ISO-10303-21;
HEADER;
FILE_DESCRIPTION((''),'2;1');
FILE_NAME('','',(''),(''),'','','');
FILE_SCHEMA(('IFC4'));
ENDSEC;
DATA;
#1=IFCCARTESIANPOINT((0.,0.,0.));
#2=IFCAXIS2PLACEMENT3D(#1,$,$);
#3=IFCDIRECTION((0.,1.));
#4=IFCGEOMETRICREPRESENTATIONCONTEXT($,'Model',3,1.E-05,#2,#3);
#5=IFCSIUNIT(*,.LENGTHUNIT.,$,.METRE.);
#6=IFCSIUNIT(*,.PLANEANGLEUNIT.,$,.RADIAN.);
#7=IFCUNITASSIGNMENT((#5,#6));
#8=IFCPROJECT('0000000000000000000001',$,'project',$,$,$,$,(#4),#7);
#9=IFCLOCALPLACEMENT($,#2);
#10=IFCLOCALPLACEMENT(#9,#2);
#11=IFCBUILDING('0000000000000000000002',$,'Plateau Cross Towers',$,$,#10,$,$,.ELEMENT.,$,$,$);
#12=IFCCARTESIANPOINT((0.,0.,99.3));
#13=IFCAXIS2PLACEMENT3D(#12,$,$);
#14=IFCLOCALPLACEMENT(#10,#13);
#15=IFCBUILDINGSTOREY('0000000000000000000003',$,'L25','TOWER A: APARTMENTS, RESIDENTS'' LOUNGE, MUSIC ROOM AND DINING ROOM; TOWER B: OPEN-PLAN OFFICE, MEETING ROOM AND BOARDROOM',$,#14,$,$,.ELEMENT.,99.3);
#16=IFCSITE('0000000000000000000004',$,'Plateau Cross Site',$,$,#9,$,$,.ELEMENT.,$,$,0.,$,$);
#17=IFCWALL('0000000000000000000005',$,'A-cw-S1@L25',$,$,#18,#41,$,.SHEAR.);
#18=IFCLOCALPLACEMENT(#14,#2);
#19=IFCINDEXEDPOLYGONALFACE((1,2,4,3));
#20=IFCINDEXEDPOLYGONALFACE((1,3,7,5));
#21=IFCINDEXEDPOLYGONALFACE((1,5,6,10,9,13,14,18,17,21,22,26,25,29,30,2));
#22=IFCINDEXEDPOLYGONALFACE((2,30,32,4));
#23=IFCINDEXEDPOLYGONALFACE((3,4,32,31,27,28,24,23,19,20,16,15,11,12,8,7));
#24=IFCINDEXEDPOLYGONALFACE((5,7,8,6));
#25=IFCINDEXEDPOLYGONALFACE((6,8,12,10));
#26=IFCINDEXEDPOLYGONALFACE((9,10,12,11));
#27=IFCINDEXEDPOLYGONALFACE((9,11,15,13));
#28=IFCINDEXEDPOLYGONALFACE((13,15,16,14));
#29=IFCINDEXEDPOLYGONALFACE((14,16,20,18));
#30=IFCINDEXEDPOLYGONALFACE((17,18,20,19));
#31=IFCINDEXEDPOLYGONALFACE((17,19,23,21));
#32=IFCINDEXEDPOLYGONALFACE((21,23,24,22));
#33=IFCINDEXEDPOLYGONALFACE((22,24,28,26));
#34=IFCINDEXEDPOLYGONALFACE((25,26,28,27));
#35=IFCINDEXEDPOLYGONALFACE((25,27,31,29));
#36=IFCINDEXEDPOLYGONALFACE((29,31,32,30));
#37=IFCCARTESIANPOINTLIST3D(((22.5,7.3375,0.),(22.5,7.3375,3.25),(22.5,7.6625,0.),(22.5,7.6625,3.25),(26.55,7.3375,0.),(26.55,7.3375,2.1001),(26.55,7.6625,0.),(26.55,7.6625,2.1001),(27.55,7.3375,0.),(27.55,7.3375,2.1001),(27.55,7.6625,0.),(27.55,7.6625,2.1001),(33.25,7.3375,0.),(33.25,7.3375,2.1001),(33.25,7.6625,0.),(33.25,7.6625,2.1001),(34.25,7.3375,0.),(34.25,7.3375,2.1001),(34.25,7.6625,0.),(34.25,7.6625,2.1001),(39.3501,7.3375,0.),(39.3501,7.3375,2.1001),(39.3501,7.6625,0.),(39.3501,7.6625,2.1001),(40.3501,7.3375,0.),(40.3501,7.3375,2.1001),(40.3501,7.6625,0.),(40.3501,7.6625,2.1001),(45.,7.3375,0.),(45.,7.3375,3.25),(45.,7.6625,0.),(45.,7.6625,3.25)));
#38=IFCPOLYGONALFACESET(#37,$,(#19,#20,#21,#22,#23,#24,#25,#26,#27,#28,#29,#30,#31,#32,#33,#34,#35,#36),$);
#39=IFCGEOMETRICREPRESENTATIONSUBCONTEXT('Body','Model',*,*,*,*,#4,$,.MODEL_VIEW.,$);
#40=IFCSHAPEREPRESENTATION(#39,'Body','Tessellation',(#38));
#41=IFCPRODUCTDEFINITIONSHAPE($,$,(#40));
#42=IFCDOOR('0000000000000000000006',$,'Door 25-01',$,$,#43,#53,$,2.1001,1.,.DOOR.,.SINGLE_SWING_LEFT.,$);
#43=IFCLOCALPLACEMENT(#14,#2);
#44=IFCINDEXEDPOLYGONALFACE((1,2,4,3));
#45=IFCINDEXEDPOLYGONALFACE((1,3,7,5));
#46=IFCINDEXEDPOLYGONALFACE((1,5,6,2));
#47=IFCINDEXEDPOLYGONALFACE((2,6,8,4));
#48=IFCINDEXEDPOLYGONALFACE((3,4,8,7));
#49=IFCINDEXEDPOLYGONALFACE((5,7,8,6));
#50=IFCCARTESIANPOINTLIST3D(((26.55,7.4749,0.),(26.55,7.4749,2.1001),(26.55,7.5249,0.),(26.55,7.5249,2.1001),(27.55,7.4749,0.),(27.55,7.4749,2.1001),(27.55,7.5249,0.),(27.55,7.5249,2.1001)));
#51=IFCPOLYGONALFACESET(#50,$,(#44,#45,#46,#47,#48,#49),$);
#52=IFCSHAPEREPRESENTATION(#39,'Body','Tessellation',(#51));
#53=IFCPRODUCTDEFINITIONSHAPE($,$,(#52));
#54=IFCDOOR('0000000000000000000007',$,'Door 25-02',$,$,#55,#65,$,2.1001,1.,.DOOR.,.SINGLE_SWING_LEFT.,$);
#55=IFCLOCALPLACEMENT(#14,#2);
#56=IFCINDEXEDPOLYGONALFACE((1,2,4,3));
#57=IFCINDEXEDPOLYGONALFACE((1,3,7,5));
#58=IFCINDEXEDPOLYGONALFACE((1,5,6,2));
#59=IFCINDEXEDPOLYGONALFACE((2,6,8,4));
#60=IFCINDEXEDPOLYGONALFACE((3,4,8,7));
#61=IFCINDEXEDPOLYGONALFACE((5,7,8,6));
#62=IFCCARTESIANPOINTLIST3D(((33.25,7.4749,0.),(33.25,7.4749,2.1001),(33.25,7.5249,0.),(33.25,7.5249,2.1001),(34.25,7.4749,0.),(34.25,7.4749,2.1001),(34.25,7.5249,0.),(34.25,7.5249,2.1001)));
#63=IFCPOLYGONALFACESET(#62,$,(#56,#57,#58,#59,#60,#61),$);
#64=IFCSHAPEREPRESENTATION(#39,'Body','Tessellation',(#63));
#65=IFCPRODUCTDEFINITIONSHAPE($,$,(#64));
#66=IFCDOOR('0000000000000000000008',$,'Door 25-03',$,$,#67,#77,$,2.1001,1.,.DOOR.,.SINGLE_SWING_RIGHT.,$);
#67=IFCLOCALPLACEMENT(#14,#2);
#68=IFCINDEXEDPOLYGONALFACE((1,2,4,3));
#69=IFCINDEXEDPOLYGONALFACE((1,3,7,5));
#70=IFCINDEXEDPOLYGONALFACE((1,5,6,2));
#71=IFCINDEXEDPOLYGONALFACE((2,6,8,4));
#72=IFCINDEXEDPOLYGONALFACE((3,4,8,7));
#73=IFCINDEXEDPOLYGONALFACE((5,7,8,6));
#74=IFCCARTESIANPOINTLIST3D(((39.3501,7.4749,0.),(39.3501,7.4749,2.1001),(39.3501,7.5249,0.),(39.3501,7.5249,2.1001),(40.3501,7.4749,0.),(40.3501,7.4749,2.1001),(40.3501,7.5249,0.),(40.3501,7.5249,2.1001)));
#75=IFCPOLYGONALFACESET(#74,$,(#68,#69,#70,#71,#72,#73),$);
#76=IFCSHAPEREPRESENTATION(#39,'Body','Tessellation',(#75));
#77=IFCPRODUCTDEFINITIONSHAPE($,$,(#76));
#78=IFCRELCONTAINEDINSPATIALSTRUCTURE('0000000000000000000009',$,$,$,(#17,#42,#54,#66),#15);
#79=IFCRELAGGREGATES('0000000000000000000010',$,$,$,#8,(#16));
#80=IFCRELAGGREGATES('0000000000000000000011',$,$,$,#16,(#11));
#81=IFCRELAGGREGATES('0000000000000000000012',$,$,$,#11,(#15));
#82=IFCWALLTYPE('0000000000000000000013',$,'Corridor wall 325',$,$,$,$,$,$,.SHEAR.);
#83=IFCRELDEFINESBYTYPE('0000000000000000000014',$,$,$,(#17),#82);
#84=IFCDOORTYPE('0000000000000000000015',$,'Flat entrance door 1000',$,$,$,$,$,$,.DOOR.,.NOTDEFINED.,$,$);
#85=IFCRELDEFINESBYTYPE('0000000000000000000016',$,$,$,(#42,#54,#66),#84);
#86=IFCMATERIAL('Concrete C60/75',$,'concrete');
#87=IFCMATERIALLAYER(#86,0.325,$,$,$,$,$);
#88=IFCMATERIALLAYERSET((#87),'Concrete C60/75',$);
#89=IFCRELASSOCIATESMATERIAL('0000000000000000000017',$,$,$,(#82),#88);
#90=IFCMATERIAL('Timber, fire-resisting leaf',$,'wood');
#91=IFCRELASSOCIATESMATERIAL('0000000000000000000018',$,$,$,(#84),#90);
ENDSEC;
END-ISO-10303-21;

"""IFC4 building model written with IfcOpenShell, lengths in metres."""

from ifc_helpers import new_model, si_unit, direction, frame, frame_2d, origin, place, context, subcontext, project, spatial, rectangle, extrude, material, layer, layer_set, type_object, element, fill, save


model = new_model("IFC4")

# Units and contexts
model_context = context("Model", 3, precision=1e-05, world=origin(), true_north=direction((0.0, 1.0)))
body_context = subcontext(model_context, "Body", "Model", "MODEL_VIEW")
ifc_project = project(units=[si_unit("LENGTHUNIT", "METRE"), si_unit("PLANEANGLEUNIT", "RADIAN")], contexts=[model_context])

# Site, building, storey
site_placement = place(None, origin())
site = spatial("IfcSite", under=ifc_project, at=site_placement, Name="Plateau Cross Site", CompositionType="ELEMENT", RefElevation=0.0)
building_placement = place(site_placement, origin())
building = spatial("IfcBuilding", under=site, at=building_placement, Name="Plateau Cross Towers", CompositionType="ELEMENT")
storey_placement = place(building_placement, frame((0.0, 0.0, 99.3)))
storey = spatial("IfcBuildingStorey", under=building, at=storey_placement, Name="L25", Description="TOWER A: APARTMENTS, RESIDENTS' LOUNGE, MUSIC ROOM AND DINING ROOM; TOWER B: OPEN-PLAN OFFICE, MEETING ROOM AND BOARDROOM", CompositionType="ELEMENT", Elevation=99.3)

# Wall, openings, doors
ifc_material_1 = material(Name="Concrete C60/75", Category="concrete")
ifc_layer_1 = layer(ifc_material_1, 0.325)
ifc_layer_set_1 = layer_set([ifc_layer_1], Name="Concrete C60/75")
wall_type_1 = type_object("IfcWallType", Name="Corridor wall 325", PredefinedType="SHEAR", material=ifc_layer_set_1)
wall_1_placement = place(storey_placement, frame((22.5, 7.5, 0.0), z_axis=(0.0, 0.0, 1.0), x_axis=(1.0, 0.0, 0.0)))
wall_1 = element("IfcWall", 1, at=wall_1_placement, inside=storey, type_object=wall_type_1, Name="A-cw-S1@L25", PredefinedType="SHEAR", context=body_context, shape_type="SweptSolid", body=[
    extrude(rectangle(XDim=22.5, YDim=0.325, at=frame_2d((11.25, 0.0))), origin(), (0.0, 0.0, 1.0), 3.25),
])
opening_1_placement = place(wall_1_placement, frame((4.05, 0.0, 0.0)))
opening_1 = element("IfcOpeningElement", 2, at=opening_1_placement, cuts=wall_1, PredefinedType="OPENING", context=body_context, shape_type="SweptSolid", body=[
    extrude(rectangle(XDim=1.0, YDim=2.1001, at=frame_2d((0.5, 1.05))), frame((0.0, 0.1724, 0.0), z_axis=(0.0, -1.0, 0.0), x_axis=(1.0, 0.0, 0.0)), (0.0, 0.0, 1.0), 0.345),
])
opening_2_placement = place(wall_1_placement, frame((10.75, 0.0, 0.0)))
opening_2 = element("IfcOpeningElement", 3, at=opening_2_placement, cuts=wall_1, PredefinedType="OPENING", context=body_context, shape_type="SweptSolid", body=[
    extrude(rectangle(XDim=1.0, YDim=2.1001, at=frame_2d((0.5, 1.05))), frame((0.0, 0.1724, 0.0), z_axis=(0.0, -1.0, 0.0), x_axis=(1.0, 0.0, 0.0)), (0.0, 0.0, 1.0), 0.345),
])
opening_3_placement = place(wall_1_placement, frame((16.8501, 0.0, 0.0)))
opening_3 = element("IfcOpeningElement", 4, at=opening_3_placement, cuts=wall_1, PredefinedType="OPENING", context=body_context, shape_type="SweptSolid", body=[
    extrude(rectangle(XDim=1.0, YDim=2.1001, at=frame_2d((0.5, 1.05))), frame((0.0, 0.1724, 0.0), z_axis=(0.0, -1.0, 0.0), x_axis=(1.0, 0.0, 0.0)), (0.0, 0.0, 1.0), 0.345),
])
ifc_material_2 = material(Name="Timber, fire-resisting leaf", Category="wood")
door_type_1 = type_object("IfcDoorType", Name="Flat entrance door 1000", OperationType="NOTDEFINED", PredefinedType="DOOR", material=ifc_material_2)
door_1_placement = place(opening_1_placement, origin())
door_1 = element("IfcDoor", 5, at=door_1_placement, inside=storey, type_object=door_type_1, Name="Door 25-01", OperationType="SINGLE_SWING_LEFT", OverallHeight=2.1001, OverallWidth=1.0, PredefinedType="DOOR", context=body_context, shape_type="SweptSolid", body=[
    extrude(rectangle(XDim=1.0, YDim=2.1001, at=frame_2d((0.5, 1.05))), frame((0.0, 0.0249, 0.0), z_axis=(0.0, -1.0, 0.0), x_axis=(1.0, 0.0, 0.0)), (0.0, 0.0, 1.0), 0.05),
])
fill(opening_1, door_1)
door_2_placement = place(opening_2_placement, origin())
door_2 = element("IfcDoor", 6, at=door_2_placement, inside=storey, type_object=door_type_1, Name="Door 25-02", OperationType="SINGLE_SWING_LEFT", OverallHeight=2.1001, OverallWidth=1.0, PredefinedType="DOOR", context=body_context, shape_type="SweptSolid", body=[
    extrude(rectangle(XDim=1.0, YDim=2.1001, at=frame_2d((0.5, 1.05))), frame((0.0, 0.0249, 0.0), z_axis=(0.0, -1.0, 0.0), x_axis=(1.0, 0.0, 0.0)), (0.0, 0.0, 1.0), 0.05),
])
fill(opening_2, door_2)
door_3_placement = place(opening_3_placement, origin())
door_3 = element("IfcDoor", 7, at=door_3_placement, inside=storey, type_object=door_type_1, Name="Door 25-03", OperationType="SINGLE_SWING_RIGHT", OverallHeight=2.1001, OverallWidth=1.0, PredefinedType="DOOR", context=body_context, shape_type="SweptSolid", body=[
    extrude(rectangle(XDim=1.0, YDim=2.1001, at=frame_2d((0.5, 1.05))), frame((0.0, 0.0249, 0.0), z_axis=(0.0, -1.0, 0.0), x_axis=(1.0, 0.0, 0.0)), (0.0, 0.0, 1.0), 0.05),
])
fill(opening_3, door_3)

save(model, "model.ifc")
